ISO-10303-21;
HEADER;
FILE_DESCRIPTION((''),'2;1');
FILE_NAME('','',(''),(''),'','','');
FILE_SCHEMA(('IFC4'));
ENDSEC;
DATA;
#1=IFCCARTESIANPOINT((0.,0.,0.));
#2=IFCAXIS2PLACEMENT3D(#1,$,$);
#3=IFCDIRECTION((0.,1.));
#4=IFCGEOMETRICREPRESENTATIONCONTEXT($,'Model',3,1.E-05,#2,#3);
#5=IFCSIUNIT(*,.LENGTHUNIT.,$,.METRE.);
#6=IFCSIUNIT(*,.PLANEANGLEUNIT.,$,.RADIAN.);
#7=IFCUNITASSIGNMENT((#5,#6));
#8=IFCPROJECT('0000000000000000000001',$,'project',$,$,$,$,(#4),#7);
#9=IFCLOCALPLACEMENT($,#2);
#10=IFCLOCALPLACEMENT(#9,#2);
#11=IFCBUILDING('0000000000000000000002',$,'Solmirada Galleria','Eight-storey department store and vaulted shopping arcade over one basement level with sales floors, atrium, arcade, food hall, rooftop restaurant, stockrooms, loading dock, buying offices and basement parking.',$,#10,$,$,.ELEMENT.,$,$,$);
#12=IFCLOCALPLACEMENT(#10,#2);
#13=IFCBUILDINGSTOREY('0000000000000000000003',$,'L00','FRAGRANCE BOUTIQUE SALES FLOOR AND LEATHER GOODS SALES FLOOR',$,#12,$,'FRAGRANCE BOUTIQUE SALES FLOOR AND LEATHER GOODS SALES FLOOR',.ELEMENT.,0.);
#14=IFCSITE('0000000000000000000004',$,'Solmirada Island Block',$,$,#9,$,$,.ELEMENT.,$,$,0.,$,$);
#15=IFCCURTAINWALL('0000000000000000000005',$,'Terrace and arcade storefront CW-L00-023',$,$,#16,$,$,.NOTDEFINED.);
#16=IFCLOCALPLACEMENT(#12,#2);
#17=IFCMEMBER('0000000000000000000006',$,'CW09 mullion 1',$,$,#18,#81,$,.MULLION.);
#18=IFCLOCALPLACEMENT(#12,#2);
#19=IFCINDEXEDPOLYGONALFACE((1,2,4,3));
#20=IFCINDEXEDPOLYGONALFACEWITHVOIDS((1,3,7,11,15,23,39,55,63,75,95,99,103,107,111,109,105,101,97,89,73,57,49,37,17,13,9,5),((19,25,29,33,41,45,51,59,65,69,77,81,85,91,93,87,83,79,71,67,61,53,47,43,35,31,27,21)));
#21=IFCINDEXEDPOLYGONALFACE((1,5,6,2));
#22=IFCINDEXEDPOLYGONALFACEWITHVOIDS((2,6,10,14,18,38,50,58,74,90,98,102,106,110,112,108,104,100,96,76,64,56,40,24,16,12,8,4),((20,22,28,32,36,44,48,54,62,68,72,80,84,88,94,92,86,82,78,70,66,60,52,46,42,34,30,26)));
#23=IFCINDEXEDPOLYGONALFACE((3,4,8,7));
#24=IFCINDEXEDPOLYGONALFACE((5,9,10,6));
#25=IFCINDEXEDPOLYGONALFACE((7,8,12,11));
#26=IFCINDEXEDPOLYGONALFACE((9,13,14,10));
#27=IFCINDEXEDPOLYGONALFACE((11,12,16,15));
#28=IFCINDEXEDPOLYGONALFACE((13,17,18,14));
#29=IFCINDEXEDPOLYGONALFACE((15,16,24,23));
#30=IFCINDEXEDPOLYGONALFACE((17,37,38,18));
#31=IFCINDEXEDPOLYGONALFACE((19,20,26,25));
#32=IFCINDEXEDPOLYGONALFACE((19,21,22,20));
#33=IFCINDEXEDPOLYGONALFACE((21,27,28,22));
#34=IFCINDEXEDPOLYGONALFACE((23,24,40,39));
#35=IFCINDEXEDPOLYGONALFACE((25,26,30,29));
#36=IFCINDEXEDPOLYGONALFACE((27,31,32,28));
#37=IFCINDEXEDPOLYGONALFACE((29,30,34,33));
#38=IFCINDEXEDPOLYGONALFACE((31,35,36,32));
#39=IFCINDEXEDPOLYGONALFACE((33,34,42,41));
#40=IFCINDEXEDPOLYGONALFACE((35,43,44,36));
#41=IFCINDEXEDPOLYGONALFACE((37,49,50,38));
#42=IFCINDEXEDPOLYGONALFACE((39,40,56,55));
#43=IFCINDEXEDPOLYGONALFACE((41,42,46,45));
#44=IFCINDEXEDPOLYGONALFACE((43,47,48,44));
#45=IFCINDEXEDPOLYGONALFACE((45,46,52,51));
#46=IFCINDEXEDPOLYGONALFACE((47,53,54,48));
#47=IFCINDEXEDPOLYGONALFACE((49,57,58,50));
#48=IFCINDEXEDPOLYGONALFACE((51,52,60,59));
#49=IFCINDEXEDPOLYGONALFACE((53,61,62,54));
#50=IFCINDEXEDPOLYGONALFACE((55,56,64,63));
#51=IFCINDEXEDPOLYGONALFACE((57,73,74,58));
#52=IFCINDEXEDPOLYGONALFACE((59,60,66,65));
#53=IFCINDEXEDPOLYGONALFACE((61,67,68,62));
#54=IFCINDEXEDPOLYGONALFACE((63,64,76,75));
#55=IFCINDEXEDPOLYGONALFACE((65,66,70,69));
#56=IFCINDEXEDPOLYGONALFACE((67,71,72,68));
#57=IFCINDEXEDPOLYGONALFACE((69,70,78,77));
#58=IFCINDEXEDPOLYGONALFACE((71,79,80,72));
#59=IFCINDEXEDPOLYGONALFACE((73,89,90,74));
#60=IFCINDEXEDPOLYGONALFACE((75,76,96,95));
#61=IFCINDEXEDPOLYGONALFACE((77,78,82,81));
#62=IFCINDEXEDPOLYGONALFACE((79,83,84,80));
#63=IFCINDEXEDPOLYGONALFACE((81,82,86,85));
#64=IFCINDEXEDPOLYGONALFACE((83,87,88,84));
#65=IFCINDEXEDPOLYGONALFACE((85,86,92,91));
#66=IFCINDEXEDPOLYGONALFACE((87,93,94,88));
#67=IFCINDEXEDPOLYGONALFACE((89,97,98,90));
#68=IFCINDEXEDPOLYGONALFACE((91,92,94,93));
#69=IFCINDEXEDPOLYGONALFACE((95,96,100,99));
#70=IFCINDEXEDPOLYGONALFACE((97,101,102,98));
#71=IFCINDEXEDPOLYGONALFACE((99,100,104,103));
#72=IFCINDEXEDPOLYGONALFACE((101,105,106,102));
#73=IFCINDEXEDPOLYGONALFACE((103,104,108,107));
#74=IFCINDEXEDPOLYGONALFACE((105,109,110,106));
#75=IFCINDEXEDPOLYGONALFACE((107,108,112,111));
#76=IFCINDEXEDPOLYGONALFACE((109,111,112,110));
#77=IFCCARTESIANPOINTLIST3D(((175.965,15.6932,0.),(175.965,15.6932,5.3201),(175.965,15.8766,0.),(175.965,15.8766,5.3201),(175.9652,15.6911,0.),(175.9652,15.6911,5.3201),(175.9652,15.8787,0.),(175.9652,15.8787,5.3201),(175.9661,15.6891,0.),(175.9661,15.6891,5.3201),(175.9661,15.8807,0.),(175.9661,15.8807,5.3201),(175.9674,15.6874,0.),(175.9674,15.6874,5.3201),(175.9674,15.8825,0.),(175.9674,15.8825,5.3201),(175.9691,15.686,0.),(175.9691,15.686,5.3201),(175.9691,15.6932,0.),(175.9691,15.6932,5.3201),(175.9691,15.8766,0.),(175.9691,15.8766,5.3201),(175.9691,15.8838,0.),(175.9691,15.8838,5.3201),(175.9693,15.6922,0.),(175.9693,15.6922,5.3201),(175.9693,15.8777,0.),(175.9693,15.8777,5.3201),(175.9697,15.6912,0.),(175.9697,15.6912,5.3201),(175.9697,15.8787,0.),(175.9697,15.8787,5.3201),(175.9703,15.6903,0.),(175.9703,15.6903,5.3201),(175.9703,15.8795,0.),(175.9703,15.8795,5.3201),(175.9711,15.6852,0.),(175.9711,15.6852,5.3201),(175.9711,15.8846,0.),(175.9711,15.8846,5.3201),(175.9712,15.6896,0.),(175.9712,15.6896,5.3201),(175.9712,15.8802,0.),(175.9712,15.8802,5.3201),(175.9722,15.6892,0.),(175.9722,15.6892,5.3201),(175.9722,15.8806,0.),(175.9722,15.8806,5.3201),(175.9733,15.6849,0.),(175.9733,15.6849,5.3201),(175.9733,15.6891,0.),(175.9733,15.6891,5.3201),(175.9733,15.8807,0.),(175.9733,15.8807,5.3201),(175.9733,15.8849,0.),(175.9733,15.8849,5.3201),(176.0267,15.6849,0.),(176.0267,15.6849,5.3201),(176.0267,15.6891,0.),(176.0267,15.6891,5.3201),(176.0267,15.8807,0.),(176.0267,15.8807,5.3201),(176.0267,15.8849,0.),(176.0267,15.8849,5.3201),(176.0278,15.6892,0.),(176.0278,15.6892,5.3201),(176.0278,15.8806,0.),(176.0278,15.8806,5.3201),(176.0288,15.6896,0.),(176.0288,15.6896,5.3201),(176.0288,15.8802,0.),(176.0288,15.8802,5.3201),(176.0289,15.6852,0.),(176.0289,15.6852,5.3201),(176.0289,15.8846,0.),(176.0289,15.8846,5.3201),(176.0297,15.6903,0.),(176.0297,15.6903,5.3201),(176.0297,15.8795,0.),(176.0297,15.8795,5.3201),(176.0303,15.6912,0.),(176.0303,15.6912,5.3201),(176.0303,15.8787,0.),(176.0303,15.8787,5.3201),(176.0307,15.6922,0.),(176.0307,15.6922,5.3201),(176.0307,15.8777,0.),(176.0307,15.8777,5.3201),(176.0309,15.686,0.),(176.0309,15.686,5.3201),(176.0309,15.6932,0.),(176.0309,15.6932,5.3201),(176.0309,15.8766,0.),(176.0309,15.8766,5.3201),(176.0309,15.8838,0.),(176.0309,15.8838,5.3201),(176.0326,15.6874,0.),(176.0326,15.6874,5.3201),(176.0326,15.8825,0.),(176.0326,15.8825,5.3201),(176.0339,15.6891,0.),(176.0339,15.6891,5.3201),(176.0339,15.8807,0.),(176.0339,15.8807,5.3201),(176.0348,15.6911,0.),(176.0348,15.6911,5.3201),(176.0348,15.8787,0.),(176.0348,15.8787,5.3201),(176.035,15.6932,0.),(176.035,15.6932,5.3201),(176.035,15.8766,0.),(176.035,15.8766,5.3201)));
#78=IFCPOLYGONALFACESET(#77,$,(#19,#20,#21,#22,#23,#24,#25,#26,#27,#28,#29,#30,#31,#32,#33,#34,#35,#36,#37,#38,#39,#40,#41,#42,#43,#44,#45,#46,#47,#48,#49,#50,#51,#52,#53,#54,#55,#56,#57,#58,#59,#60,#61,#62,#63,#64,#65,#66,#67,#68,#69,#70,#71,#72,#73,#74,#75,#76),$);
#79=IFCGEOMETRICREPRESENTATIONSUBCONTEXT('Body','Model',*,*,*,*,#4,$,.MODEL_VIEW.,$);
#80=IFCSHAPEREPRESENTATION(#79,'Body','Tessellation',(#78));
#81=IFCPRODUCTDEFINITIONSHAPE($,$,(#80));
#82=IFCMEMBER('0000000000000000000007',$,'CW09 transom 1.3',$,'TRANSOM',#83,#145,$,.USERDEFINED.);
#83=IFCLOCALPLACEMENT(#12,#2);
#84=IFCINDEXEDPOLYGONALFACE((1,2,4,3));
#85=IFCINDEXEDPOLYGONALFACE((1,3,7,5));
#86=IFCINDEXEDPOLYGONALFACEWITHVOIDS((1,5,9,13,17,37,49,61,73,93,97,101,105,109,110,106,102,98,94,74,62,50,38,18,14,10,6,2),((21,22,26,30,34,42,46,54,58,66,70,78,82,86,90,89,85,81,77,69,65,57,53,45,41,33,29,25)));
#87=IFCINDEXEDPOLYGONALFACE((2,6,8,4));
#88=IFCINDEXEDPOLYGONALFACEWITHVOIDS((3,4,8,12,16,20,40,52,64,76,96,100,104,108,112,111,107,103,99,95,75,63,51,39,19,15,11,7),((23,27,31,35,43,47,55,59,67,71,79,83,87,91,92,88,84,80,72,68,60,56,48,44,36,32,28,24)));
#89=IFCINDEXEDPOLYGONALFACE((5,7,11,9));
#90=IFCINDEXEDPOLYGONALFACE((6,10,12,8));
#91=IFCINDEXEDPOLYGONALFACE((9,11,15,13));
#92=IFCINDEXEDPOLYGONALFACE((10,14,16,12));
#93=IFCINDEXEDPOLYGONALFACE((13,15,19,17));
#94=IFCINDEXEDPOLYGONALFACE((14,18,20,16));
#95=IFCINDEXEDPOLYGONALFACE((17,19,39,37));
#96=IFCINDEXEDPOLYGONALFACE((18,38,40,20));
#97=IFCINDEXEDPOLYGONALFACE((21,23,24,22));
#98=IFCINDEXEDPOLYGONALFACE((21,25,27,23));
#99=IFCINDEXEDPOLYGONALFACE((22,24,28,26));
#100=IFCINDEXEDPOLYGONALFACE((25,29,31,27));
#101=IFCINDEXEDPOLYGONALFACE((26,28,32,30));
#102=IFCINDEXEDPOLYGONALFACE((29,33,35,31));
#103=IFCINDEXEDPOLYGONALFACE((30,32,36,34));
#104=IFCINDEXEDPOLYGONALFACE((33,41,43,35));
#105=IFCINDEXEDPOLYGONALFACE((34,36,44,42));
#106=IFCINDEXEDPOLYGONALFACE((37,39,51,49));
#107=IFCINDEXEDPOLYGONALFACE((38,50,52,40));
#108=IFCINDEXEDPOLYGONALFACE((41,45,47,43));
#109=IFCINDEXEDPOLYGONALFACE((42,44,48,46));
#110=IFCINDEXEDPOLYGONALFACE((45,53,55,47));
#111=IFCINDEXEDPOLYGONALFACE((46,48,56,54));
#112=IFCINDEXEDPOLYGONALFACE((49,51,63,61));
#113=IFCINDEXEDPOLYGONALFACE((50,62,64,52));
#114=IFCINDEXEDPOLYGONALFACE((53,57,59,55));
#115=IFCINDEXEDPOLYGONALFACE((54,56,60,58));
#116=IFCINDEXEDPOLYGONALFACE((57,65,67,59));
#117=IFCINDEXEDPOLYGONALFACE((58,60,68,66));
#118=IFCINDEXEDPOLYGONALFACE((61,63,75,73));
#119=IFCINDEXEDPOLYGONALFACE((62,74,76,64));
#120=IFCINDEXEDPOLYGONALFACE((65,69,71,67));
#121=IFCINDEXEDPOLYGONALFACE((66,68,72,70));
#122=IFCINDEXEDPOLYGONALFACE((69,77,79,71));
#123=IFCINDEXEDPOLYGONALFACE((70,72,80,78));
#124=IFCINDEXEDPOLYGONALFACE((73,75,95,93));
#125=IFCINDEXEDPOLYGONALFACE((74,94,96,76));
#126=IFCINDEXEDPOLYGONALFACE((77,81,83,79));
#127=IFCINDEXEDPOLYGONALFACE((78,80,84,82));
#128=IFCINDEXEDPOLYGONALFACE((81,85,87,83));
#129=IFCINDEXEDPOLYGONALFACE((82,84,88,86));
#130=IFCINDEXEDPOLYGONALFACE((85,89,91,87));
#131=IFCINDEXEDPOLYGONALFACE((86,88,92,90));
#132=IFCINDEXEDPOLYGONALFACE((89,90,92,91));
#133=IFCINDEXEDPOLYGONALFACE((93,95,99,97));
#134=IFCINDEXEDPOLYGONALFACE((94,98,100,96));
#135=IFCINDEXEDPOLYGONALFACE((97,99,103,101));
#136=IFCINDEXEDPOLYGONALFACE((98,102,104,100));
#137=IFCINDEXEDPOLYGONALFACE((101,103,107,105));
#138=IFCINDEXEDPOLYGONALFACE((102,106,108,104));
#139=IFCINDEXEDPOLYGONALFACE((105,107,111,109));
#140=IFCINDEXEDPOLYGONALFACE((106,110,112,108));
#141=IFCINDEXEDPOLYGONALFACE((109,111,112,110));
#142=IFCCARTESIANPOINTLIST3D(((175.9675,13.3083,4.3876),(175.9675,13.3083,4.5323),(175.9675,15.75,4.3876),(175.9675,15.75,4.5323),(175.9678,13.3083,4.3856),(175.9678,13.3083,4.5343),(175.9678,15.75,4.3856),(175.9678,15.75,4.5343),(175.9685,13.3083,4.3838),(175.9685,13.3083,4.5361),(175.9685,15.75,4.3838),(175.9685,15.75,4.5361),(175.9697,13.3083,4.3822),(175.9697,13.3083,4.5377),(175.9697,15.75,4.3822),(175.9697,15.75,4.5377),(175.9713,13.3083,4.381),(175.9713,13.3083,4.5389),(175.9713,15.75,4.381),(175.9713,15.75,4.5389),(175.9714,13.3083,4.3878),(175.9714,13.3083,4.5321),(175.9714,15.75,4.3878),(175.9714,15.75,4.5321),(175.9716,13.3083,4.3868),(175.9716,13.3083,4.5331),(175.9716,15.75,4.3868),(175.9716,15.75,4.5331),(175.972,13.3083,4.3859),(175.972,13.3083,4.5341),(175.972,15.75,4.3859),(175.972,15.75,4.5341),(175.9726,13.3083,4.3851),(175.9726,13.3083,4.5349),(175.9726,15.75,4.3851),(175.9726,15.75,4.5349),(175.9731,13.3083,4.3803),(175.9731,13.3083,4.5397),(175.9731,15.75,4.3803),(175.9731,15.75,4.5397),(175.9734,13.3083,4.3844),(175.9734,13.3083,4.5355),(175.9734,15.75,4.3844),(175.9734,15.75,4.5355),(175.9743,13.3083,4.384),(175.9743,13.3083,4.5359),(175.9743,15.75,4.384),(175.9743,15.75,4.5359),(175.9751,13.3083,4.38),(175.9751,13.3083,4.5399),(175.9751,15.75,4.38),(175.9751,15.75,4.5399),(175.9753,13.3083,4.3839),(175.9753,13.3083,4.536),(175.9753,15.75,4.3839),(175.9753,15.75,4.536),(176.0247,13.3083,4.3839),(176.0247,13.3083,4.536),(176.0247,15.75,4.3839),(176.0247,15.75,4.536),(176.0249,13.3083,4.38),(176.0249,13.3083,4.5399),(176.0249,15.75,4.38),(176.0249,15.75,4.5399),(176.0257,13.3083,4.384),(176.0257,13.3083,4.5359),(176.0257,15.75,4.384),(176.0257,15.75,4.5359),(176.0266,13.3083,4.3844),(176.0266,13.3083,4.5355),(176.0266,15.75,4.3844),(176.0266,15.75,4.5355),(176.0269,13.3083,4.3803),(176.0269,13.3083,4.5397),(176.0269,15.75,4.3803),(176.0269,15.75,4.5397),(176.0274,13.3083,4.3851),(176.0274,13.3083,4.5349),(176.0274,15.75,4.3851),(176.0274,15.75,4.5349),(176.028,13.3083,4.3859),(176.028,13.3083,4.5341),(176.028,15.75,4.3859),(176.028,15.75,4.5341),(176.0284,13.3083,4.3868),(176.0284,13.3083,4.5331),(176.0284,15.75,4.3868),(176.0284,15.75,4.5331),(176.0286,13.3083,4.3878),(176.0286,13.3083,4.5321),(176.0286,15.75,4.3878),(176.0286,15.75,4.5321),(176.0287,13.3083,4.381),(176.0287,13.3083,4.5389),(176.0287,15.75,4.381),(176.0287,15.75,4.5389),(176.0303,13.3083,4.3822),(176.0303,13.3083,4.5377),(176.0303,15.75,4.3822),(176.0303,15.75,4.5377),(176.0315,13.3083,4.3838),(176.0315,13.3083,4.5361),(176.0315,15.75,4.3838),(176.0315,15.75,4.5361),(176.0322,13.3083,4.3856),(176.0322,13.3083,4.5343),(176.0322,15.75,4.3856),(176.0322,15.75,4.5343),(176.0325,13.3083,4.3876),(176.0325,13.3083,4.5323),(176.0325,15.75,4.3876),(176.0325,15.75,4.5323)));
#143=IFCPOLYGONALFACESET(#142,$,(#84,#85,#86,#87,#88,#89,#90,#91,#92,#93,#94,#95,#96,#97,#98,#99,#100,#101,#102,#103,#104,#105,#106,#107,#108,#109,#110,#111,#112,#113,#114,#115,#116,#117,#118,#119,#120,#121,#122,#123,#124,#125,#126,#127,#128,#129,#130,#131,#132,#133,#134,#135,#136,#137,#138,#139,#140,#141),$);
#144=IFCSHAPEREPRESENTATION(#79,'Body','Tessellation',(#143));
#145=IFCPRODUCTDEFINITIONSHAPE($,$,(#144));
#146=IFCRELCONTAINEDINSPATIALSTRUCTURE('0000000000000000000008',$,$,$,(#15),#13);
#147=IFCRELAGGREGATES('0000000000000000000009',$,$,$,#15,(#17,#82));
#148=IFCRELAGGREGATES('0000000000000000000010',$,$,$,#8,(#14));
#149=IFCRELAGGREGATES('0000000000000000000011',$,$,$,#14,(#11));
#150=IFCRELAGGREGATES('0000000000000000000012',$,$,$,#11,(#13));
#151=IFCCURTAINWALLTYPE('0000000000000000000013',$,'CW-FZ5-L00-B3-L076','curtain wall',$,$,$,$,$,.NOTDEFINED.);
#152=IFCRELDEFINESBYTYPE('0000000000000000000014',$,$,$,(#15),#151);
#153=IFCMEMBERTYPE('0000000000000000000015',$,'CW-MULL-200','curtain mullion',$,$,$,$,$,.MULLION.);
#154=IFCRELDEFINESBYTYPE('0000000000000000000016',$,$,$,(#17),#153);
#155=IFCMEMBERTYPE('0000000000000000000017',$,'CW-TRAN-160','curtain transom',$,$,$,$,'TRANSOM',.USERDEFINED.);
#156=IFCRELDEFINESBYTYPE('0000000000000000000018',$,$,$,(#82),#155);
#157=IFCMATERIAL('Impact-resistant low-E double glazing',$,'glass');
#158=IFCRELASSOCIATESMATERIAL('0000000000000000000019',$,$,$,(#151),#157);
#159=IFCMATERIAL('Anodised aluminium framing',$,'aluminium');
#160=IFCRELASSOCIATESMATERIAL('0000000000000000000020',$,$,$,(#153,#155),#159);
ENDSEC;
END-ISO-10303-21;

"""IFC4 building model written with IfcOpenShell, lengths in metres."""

from ifc_helpers import new_model, si_unit, direction, frame, origin, origin_2d, place, context, subcontext, project, spatial, hollow_rectangle, extrude, material, material_profile, profile_set, type_object, element, aggregate, save


model = new_model("IFC4")

# Units and contexts
model_context = context("Model", 3, precision=1e-05, world=origin(), true_north=direction((0.0, 1.0)))
body_context = subcontext(model_context, "Body", "Model", "MODEL_VIEW")
ifc_project = project(units=[si_unit("LENGTHUNIT", "METRE"), si_unit("PLANEANGLEUNIT", "RADIAN")], contexts=[model_context])

# Site, building, storey
site_placement = place(None, origin())
site = spatial("IfcSite", under=ifc_project, at=site_placement, Name="Solmirada Island Block", CompositionType="ELEMENT", RefElevation=0.0)
building_placement = place(site_placement, origin())
building = spatial("IfcBuilding", under=site, at=building_placement, Name="Solmirada Galleria", Description="Eight-storey department store and vaulted shopping arcade over one basement level with sales floors, atrium, arcade, food hall, rooftop restaurant, stockrooms, loading dock, buying offices and basement parking.", CompositionType="ELEMENT")
storey_placement = place(building_placement, origin())
storey = spatial("IfcBuildingStorey", under=building, at=storey_placement, Name="L00", Description="FRAGRANCE BOUTIQUE SALES FLOOR AND LEATHER GOODS SALES FLOOR", LongName="FRAGRANCE BOUTIQUE SALES FLOOR AND LEATHER GOODS SALES FLOOR", CompositionType="ELEMENT", Elevation=0.0)

# Curtain wall, members
ifc_material_1 = material(Name="Impact-resistant low-E double glazing", Category="glass")
curtain_wall_type = type_object("IfcCurtainWallType", Name="CW-FZ5-L00-B3-L076", Description="curtain wall", PredefinedType="NOTDEFINED", material=ifc_material_1)
curtain_wall_placement = place(storey_placement, origin())
curtain_wall = element("IfcCurtainWall", 1, at=curtain_wall_placement, inside=storey, type_object=curtain_wall_type, Name="Terrace and arcade storefront CW-L00-023", PredefinedType="NOTDEFINED")
ifc_material_2 = material(Name="Anodised aluminium framing", Category="aluminium")
ifc_material_profile_1 = material_profile(ifc_material_2, hollow_rectangle(XDim=0.0701, YDim=0.2, WallThickness=0.0042, InnerFilletRadius=0.0042, OuterFilletRadius=0.0083, at=origin_2d()), Name="ALU-MULL-200X70")
ifc_profile_set_1 = profile_set([ifc_material_profile_1], Name="Anodised aluminium framing")
member_type_1 = type_object("IfcMemberType", Name="CW-MULL-200", Description="curtain mullion", PredefinedType="MULLION", material=ifc_profile_set_1)
member_1_placement = place(storey_placement, frame((176.0, 15.7849, 0.0), z_axis=(0.0, 0.0, 1.0), x_axis=(1.0, 0.0, 0.0)))
member_1 = element("IfcMember", 2, at=member_1_placement, type_object=member_type_1, Name="CW09 mullion 1", PredefinedType="MULLION", context=body_context, shape_type="SweptSolid", body=[
    extrude(hollow_rectangle(XDim=0.0701, YDim=0.2, WallThickness=0.0042, InnerFilletRadius=0.0042, OuterFilletRadius=0.0083, at=origin_2d()), origin(), (0.0, 0.0, 1.0), 5.3201),
])
ifc_material_profile_2 = material_profile(ifc_material_2, hollow_rectangle(XDim=0.0649, YDim=0.1599, WallThickness=0.0039, InnerFilletRadius=0.0039, OuterFilletRadius=0.0076, at=origin_2d()), Name="ALU-TRAN-160X65")
ifc_profile_set_2 = profile_set([ifc_material_profile_2], Name="Anodised aluminium framing")
member_type_2 = type_object("IfcMemberType", Name="CW-TRAN-160", Description="curtain transom", ElementType="TRANSOM", PredefinedType="USERDEFINED", material=ifc_profile_set_2)
member_2_placement = place(storey_placement, frame((176.0, 15.75, 4.46), z_axis=(0.0, -1.0, 0.0), x_axis=(1.0, 0.0, 0.0)))
member_2 = element("IfcMember", 3, at=member_2_placement, type_object=member_type_2, Name="CW09 transom 1.3", ObjectType="TRANSOM", PredefinedType="USERDEFINED", context=body_context, shape_type="SweptSolid", body=[
    extrude(hollow_rectangle(XDim=0.0649, YDim=0.1599, WallThickness=0.0039, InnerFilletRadius=0.0039, OuterFilletRadius=0.0076, at=origin_2d()), origin(), (0.0, 0.0, 1.0), 2.4417),
])
aggregate(curtain_wall, [member_1, member_2])

save(model, "model.ifc")
